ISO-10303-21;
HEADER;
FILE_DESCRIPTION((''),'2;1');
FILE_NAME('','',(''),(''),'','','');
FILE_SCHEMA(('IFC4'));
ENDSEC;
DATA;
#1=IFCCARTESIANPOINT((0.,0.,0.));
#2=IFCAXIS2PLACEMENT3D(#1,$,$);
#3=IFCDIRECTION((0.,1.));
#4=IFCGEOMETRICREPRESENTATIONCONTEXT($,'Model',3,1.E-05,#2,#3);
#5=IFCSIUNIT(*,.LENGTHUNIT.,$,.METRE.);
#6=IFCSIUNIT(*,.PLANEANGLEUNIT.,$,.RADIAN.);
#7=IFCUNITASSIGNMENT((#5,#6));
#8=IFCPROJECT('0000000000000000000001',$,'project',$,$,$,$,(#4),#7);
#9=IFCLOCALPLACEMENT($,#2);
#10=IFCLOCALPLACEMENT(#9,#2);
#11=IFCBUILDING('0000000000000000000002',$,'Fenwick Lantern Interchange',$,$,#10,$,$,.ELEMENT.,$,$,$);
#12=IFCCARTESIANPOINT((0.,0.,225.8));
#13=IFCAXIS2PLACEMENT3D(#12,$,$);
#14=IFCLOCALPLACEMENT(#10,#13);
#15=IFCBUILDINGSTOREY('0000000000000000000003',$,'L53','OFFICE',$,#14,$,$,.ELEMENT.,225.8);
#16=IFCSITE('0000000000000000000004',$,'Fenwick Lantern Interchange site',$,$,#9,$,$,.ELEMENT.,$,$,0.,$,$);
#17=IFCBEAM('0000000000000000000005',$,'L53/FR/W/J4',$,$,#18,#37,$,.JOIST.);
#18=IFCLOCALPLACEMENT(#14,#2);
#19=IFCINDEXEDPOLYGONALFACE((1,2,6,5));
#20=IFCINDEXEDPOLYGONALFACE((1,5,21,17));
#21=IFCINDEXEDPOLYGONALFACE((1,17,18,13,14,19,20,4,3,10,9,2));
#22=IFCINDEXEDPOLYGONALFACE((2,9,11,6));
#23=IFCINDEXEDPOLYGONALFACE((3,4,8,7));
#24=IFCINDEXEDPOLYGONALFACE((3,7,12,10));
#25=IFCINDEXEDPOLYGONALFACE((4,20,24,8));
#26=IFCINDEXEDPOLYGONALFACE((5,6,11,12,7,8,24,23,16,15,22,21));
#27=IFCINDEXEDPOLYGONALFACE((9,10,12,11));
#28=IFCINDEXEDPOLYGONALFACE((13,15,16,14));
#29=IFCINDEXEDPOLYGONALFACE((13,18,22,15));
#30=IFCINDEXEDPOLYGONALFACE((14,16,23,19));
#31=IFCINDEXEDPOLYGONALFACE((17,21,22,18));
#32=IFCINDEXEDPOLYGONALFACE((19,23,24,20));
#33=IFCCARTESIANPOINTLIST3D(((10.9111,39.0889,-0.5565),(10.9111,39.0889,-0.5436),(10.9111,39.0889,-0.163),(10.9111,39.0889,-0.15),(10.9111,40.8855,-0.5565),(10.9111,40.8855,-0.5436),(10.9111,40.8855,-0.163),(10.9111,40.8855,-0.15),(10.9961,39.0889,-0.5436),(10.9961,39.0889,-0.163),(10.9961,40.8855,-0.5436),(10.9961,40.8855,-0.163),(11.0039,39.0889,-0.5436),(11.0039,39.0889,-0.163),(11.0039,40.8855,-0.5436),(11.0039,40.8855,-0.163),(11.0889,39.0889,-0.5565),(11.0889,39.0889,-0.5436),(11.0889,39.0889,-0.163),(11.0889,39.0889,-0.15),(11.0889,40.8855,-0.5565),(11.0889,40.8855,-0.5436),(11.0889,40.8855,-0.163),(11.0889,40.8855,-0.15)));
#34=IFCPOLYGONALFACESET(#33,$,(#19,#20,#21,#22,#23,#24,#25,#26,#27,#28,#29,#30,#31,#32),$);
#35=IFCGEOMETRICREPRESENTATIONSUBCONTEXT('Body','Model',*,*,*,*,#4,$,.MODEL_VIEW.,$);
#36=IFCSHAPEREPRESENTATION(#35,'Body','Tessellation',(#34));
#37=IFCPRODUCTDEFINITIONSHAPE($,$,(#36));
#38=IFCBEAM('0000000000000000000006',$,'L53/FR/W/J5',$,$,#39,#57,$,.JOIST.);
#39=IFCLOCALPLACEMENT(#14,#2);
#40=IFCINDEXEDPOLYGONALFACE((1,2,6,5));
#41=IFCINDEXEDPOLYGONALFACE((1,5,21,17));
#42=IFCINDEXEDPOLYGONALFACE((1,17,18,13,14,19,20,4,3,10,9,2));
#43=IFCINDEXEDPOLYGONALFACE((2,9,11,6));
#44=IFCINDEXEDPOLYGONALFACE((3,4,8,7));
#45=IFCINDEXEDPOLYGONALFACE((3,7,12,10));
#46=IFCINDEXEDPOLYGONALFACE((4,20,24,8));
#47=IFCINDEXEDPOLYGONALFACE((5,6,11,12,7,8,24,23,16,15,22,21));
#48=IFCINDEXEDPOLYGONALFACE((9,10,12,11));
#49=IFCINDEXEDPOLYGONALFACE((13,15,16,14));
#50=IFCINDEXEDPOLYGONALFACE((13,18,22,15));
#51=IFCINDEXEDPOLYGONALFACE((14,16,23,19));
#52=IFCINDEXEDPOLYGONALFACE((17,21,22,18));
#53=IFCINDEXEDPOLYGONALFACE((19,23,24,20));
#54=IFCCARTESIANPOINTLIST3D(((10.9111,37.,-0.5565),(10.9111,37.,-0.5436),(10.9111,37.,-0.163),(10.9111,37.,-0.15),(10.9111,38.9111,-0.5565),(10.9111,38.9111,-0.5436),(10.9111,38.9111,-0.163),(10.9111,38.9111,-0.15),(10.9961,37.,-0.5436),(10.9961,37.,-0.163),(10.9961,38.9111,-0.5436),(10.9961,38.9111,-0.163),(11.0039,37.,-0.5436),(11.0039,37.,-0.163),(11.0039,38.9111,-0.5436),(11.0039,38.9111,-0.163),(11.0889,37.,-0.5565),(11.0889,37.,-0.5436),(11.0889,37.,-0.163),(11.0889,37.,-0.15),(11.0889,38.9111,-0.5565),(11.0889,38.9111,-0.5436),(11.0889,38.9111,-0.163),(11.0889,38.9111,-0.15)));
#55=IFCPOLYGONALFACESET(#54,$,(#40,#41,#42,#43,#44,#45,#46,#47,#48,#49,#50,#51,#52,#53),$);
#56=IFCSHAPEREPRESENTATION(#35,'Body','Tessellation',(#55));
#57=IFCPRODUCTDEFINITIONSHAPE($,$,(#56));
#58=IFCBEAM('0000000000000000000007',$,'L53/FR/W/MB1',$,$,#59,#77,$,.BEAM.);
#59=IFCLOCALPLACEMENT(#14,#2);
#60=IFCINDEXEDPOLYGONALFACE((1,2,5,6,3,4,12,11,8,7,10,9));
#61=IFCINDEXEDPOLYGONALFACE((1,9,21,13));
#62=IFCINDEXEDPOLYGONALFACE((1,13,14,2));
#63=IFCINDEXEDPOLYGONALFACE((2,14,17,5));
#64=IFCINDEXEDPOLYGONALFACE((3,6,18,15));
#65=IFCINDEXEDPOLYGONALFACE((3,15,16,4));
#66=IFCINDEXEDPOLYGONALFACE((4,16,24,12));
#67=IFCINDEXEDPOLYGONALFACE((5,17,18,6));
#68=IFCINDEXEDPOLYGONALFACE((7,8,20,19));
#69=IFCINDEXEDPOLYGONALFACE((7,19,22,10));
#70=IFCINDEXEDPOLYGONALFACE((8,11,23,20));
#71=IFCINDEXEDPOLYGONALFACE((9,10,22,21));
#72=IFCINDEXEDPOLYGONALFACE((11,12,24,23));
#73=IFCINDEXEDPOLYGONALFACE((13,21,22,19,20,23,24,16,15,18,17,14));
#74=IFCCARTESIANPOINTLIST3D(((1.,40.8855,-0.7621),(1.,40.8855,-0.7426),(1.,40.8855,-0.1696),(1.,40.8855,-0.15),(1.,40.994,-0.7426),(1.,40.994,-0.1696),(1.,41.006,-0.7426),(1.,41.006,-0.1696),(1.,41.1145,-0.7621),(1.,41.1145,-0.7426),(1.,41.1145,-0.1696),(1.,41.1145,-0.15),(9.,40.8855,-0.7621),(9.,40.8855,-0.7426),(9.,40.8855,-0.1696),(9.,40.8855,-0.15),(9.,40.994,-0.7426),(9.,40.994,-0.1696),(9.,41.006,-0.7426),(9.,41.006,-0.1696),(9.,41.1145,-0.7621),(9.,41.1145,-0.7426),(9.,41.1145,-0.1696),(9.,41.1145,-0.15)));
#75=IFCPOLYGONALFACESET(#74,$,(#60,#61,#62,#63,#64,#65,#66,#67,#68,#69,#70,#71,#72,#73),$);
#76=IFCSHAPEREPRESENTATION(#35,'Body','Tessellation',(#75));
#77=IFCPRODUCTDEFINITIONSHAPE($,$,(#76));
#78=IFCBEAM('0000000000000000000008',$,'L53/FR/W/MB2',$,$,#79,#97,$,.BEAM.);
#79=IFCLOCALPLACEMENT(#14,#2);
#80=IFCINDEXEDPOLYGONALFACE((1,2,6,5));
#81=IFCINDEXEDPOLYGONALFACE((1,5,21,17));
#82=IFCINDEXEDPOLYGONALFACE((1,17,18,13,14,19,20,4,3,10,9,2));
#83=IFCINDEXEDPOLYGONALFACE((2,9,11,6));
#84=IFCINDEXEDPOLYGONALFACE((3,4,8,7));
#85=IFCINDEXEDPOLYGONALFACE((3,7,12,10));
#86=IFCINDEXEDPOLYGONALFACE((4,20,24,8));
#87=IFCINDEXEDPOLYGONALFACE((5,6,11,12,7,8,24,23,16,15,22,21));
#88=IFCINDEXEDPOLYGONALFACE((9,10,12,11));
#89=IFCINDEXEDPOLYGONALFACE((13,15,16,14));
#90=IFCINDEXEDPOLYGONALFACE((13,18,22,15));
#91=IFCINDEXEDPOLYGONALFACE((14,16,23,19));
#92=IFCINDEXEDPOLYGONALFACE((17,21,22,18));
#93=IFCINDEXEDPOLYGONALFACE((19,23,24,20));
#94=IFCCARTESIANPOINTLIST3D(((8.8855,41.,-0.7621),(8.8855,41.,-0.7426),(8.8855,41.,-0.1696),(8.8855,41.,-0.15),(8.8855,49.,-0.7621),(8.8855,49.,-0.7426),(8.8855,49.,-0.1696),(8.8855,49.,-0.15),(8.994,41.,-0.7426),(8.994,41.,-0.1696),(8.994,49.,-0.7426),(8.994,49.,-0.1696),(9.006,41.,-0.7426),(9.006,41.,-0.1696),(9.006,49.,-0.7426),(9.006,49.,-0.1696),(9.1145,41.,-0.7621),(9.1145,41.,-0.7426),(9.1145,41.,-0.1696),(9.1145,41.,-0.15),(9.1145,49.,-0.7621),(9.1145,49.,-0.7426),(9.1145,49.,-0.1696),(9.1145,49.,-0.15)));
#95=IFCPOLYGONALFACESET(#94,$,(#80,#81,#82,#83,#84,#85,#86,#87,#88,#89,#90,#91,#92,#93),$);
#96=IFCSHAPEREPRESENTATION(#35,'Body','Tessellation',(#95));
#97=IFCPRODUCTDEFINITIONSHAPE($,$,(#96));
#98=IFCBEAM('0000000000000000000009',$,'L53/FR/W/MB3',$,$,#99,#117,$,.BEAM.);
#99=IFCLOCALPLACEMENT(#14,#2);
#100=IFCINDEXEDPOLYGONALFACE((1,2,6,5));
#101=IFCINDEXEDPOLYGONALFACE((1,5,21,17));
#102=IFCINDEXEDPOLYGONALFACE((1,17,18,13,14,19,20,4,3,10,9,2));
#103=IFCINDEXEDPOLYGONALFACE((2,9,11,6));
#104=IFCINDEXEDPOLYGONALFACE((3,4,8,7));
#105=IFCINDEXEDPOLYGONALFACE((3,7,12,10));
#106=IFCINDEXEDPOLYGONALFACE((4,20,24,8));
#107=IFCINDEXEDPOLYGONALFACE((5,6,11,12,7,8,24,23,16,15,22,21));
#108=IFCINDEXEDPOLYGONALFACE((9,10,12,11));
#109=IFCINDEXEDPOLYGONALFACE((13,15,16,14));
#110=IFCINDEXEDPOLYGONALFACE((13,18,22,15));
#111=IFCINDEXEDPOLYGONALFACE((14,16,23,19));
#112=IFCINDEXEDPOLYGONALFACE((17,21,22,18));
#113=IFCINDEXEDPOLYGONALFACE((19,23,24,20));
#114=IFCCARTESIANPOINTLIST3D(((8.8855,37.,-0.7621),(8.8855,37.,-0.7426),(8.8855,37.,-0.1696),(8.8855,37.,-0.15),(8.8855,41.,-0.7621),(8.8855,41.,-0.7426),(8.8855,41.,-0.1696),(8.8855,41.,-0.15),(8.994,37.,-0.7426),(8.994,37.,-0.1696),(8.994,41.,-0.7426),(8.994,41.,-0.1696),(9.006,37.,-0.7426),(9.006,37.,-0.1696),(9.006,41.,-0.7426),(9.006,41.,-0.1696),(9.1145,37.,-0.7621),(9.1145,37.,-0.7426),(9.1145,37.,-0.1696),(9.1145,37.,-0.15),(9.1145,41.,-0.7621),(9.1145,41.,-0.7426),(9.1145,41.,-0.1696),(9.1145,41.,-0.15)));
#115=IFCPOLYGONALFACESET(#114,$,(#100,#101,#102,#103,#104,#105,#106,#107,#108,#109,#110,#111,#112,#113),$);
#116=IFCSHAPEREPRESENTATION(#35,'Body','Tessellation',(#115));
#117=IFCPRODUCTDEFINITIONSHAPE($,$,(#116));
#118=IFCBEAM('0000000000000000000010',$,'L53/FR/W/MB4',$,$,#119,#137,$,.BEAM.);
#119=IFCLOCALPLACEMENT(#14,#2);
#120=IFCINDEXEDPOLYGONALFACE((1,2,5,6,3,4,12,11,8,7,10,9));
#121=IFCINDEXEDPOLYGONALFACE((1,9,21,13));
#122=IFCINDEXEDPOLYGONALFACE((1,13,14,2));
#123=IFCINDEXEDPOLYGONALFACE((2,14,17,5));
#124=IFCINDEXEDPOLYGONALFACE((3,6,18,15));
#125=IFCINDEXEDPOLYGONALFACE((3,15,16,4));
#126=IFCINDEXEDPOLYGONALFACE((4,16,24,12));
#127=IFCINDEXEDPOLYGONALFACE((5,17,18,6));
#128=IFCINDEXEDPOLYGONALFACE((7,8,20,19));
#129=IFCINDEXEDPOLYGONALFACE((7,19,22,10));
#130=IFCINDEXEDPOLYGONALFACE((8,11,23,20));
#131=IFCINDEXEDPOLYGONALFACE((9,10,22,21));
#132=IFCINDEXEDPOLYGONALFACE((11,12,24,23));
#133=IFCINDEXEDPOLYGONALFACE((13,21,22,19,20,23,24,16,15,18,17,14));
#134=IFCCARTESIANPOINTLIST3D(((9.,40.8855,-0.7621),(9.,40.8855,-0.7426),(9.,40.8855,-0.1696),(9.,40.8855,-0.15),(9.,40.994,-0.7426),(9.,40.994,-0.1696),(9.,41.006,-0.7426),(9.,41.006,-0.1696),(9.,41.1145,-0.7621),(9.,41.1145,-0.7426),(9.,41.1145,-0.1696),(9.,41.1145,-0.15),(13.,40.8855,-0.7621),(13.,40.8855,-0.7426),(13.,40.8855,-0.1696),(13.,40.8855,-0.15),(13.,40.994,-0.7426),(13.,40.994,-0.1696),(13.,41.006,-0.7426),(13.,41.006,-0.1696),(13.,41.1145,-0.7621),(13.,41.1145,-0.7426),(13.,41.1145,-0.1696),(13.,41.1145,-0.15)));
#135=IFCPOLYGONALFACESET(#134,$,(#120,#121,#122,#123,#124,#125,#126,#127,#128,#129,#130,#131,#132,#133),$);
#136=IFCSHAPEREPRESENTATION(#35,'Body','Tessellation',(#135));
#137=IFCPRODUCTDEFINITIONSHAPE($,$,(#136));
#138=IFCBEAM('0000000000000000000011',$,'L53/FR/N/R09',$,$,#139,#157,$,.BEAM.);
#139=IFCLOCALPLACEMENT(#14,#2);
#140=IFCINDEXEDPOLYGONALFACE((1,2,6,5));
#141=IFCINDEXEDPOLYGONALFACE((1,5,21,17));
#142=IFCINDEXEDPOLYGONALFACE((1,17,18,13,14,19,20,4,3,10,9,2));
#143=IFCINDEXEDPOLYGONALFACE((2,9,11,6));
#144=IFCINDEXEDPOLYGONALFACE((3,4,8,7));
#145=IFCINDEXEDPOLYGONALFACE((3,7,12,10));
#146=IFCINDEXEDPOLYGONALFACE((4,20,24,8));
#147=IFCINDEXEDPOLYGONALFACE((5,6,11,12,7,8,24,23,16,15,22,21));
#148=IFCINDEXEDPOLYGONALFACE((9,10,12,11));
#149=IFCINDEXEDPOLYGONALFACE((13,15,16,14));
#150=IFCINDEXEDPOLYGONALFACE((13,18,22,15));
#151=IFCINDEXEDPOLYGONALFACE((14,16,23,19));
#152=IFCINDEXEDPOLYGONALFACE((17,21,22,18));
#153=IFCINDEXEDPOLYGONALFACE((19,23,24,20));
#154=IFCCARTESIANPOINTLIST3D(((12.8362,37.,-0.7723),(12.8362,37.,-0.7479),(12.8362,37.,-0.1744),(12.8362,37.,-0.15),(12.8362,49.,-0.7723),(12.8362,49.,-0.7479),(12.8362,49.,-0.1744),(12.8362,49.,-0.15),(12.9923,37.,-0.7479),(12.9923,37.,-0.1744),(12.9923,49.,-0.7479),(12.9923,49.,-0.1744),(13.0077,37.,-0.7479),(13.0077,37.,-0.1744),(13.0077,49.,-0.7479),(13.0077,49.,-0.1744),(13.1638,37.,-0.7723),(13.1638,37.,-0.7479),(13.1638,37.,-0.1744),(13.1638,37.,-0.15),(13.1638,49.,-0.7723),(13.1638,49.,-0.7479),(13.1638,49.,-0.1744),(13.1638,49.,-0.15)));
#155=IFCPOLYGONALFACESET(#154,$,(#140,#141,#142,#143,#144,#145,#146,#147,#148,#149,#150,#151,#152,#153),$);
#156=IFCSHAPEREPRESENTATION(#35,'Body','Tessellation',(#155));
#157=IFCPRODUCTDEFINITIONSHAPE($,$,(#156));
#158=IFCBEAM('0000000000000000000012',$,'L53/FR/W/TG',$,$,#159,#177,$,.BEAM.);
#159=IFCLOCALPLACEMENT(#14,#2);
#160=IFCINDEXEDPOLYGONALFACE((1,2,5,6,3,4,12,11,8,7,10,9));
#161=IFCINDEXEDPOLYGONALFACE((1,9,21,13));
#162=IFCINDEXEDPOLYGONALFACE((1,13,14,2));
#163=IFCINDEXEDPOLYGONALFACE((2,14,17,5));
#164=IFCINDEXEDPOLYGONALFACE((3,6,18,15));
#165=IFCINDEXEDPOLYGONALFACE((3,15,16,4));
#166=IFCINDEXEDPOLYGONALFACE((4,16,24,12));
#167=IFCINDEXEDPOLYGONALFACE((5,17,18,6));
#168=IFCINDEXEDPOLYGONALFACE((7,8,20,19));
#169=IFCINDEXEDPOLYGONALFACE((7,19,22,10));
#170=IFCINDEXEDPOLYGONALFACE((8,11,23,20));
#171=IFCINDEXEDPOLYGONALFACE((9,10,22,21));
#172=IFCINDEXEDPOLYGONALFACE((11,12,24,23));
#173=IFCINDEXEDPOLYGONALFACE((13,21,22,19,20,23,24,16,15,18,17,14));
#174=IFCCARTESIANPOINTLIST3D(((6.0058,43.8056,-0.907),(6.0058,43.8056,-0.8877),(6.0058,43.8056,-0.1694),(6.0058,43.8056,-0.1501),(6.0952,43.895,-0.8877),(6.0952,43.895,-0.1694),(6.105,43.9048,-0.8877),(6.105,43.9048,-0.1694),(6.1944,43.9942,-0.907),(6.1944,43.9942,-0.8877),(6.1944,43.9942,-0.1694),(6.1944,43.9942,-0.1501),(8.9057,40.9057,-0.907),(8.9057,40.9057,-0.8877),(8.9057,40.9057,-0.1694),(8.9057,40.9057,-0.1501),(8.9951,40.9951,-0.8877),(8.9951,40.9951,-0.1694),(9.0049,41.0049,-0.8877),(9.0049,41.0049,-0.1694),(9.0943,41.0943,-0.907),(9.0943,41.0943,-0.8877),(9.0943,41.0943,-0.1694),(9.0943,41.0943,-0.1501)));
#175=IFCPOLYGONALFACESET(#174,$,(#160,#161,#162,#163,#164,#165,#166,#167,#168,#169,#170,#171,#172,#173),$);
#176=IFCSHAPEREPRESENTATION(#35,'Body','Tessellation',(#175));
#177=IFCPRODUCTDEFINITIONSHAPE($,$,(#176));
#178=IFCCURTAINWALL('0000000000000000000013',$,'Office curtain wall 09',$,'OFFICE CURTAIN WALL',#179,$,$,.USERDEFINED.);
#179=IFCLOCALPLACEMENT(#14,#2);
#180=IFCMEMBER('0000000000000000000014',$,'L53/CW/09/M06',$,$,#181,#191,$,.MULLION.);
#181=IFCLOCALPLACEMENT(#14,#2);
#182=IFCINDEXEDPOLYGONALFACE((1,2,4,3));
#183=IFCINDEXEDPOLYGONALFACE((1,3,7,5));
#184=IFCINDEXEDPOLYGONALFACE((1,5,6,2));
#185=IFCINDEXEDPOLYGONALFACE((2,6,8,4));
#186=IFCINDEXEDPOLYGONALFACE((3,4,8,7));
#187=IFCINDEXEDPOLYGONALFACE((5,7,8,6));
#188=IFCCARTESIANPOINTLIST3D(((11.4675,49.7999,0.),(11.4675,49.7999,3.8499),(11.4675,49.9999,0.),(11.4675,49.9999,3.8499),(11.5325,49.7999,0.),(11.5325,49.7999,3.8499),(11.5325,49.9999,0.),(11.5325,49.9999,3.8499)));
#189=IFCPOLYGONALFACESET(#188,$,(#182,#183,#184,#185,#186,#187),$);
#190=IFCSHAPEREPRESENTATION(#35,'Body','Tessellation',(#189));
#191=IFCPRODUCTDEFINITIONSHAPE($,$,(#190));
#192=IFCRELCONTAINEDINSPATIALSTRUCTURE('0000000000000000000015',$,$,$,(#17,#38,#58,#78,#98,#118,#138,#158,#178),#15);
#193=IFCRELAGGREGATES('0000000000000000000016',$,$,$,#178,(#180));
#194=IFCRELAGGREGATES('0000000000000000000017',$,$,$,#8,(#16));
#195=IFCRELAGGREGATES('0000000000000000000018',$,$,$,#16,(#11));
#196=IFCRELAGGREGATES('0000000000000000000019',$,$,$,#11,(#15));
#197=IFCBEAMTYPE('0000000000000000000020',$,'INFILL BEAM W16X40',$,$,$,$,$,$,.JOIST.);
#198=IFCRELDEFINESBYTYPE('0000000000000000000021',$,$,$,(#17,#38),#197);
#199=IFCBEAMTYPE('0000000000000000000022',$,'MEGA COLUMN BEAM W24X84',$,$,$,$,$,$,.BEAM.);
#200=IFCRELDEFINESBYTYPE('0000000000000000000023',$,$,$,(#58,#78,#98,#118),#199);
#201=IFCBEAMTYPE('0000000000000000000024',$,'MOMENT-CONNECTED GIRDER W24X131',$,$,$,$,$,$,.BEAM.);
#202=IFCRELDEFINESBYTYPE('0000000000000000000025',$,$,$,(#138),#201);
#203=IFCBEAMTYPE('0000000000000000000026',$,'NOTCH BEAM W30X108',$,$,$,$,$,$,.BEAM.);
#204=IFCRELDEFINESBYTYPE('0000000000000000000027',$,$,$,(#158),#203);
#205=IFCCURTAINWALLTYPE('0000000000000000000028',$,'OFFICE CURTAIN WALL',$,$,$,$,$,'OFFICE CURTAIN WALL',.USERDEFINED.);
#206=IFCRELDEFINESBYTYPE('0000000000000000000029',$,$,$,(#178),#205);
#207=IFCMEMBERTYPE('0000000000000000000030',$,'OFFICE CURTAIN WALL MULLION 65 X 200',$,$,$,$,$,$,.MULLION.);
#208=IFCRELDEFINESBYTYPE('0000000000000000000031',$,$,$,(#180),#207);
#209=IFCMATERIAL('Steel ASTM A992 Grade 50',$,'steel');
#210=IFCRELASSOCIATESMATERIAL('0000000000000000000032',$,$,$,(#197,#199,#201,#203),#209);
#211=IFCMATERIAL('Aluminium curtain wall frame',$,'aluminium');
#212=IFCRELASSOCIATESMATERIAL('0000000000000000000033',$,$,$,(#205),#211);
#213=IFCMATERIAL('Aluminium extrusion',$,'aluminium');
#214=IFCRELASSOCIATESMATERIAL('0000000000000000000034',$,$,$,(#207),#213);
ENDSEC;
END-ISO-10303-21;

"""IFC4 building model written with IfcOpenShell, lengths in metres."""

from ifc_helpers import new_model, si_unit, direction, frame, origin, origin_2d, place, context, subcontext, project, spatial, rectangle, i_section, extrude, material, material_profile, profile_set, type_object, element, aggregate, save


model = new_model("IFC4")

# Units and contexts
model_context = context("Model", 3, precision=1e-05, world=origin(), true_north=direction((0.0, 1.0)))
body_context = subcontext(model_context, "Body", "Model", "MODEL_VIEW")
ifc_project = project(units=[si_unit("LENGTHUNIT", "METRE"), si_unit("PLANEANGLEUNIT", "RADIAN")], contexts=[model_context])

# Site, building, storey
site_placement = place(None, origin())
site = spatial("IfcSite", under=ifc_project, at=site_placement, Name="Fenwick Lantern Interchange site", CompositionType="ELEMENT", RefElevation=0.0)
building_placement = place(site_placement, origin())
building = spatial("IfcBuilding", under=site, at=building_placement, Name="Fenwick Lantern Interchange", CompositionType="ELEMENT")
storey_placement = place(building_placement, frame((0.0, 0.0, 225.8)))
storey = spatial("IfcBuildingStorey", under=building, at=storey_placement, Name="L53", Description="OFFICE", CompositionType="ELEMENT", Elevation=225.8)

# Shared definitions
ifc_material_1 = material(Name="Steel ASTM A992 Grade 50", Category="steel")

# Beams
ifc_material_profile_1 = material_profile(ifc_material_1, i_section(OverallWidth=0.1777, OverallDepth=0.4065, WebThickness=0.0078, FlangeThickness=0.0129, at=origin_2d()), Name="W16X40")
ifc_profile_set_1 = profile_set([ifc_material_profile_1], Name="Steel ASTM A992 Grade 50")
beam_type_1 = type_object("IfcBeamType", Name="INFILL BEAM W16X40", PredefinedType="JOIST", material=ifc_profile_set_1)
beam_1_placement = place(storey_placement, frame((11.0, 40.8855, -0.3533), z_axis=(0.0, -1.0, 0.0), x_axis=(1.0, 0.0, 0.0)))
element("IfcBeam", 1, at=beam_1_placement, inside=storey, type_object=beam_type_1, Name="L53/FR/W/J4", PredefinedType="JOIST", context=body_context, shape_type="SweptSolid", body=[
    extrude(i_section(OverallWidth=0.1777, OverallDepth=0.4065, WebThickness=0.0078, FlangeThickness=0.0129, at=origin_2d()), origin(), (0.0, 0.0, 1.0), 1.7966),
])
beam_2_placement = place(storey_placement, frame((11.0, 38.9111, -0.3533), z_axis=(0.0, -1.0, 0.0), x_axis=(1.0, 0.0, 0.0)))
element("IfcBeam", 2, at=beam_2_placement, inside=storey, type_object=beam_type_1, Name="L53/FR/W/J5", PredefinedType="JOIST", context=body_context, shape_type="SweptSolid", body=[
    extrude(i_section(OverallWidth=0.1777, OverallDepth=0.4065, WebThickness=0.0078, FlangeThickness=0.0129, at=origin_2d()), origin(), (0.0, 0.0, 1.0), 1.9111),
])
ifc_material_profile_2 = material_profile(ifc_material_1, i_section(OverallWidth=0.229, OverallDepth=0.6121, WebThickness=0.012, FlangeThickness=0.0195, at=origin_2d()), Name="W24X84")
ifc_profile_set_2 = profile_set([ifc_material_profile_2], Name="Steel ASTM A992 Grade 50")
beam_type_2 = type_object("IfcBeamType", Name="MEGA COLUMN BEAM W24X84", PredefinedType="BEAM", material=ifc_profile_set_2)
for number, where, z_axis, x_axis, name in (
    (3, (9.0, 41.0, -0.4561), (-1.0, 0.0, 0.0), (0.0, -1.0, 0.0), "L53/FR/W/MB1"),
    (4, (9.0, 41.0, -0.4561), (0.0, 1.0, 0.0), (-1.0, 0.0, 0.0), "L53/FR/W/MB2"),
):
    element("IfcBeam", number, at=place(storey_placement, frame(where, z_axis=z_axis, x_axis=x_axis)), inside=storey, type_object=beam_type_2, Name=name, PredefinedType="BEAM", context=body_context, shape_type="SweptSolid", body=[
        extrude(i_section(OverallWidth=0.229, OverallDepth=0.6121, WebThickness=0.012, FlangeThickness=0.0195, at=origin_2d()), origin(), (0.0, 0.0, 1.0), 8.0),
    ])
for number, where, z_axis, x_axis, name in (
    (5, (9.0, 41.0, -0.4561), (0.0, -1.0, 0.0), (1.0, 0.0, 0.0), "L53/FR/W/MB3"),
    (6, (9.0, 41.0, -0.4561), (1.0, 0.0, 0.0), (0.0, 1.0, 0.0), "L53/FR/W/MB4"),
):
    element("IfcBeam", number, at=place(storey_placement, frame(where, z_axis=z_axis, x_axis=x_axis)), inside=storey, type_object=beam_type_2, Name=name, PredefinedType="BEAM", context=body_context, shape_type="SweptSolid", body=[
        extrude(i_section(OverallWidth=0.229, OverallDepth=0.6121, WebThickness=0.012, FlangeThickness=0.0195, at=origin_2d()), origin(), (0.0, 0.0, 1.0), 4.0),
    ])
ifc_material_profile_3 = material_profile(ifc_material_1, i_section(OverallWidth=0.3276, OverallDepth=0.6223, WebThickness=0.0154, FlangeThickness=0.0244, at=origin_2d()), Name="W24X131")
ifc_profile_set_3 = profile_set([ifc_material_profile_3], Name="Steel ASTM A992 Grade 50")
beam_type_3 = type_object("IfcBeamType", Name="MOMENT-CONNECTED GIRDER W24X131", PredefinedType="BEAM", material=ifc_profile_set_3)
beam_3_placement = place(storey_placement, frame((13.0, 49.0, -0.4612), z_axis=(0.0, -1.0, 0.0), x_axis=(1.0, 0.0, 0.0)))
element("IfcBeam", 7, at=beam_3_placement, inside=storey, type_object=beam_type_3, Name="L53/FR/N/R09", PredefinedType="BEAM", context=body_context, shape_type="SweptSolid", body=[
    extrude(i_section(OverallWidth=0.3276, OverallDepth=0.6223, WebThickness=0.0154, FlangeThickness=0.0244, at=origin_2d()), origin(), (0.0, 0.0, 1.0), 12.0),
])
ifc_material_profile_4 = material_profile(ifc_material_1, i_section(OverallWidth=0.2666, OverallDepth=0.7568, WebThickness=0.0139, FlangeThickness=0.0193, at=origin_2d()), Name="W30X108")
ifc_profile_set_4 = profile_set([ifc_material_profile_4], Name="Steel ASTM A992 Grade 50")
beam_type_4 = type_object("IfcBeamType", Name="NOTCH BEAM W30X108", PredefinedType="BEAM", material=ifc_profile_set_4)
beam_4_placement = place(storey_placement, frame((9.0, 41.0, -0.5286), z_axis=(-0.707107, 0.707107, 0.0), x_axis=(-0.707107, -0.707107, 0.0)))
element("IfcBeam", 8, at=beam_4_placement, inside=storey, type_object=beam_type_4, Name="L53/FR/W/TG", PredefinedType="BEAM", context=body_context, shape_type="SweptSolid", body=[
    extrude(i_section(OverallWidth=0.2666, OverallDepth=0.7568, WebThickness=0.0139, FlangeThickness=0.0193, at=origin_2d()), origin(), (0.0, 0.0, 1.0), 4.1011),
])

# Curtain wall, member
ifc_material_2 = material(Name="Aluminium curtain wall frame", Category="aluminium")
curtain_wall_type = type_object("IfcCurtainWallType", Name="OFFICE CURTAIN WALL", ElementType="OFFICE CURTAIN WALL", PredefinedType="USERDEFINED", material=ifc_material_2)
curtain_wall_1_placement = place(storey_placement, origin())
curtain_wall_1 = element("IfcCurtainWall", 9, at=curtain_wall_1_placement, inside=storey, type_object=curtain_wall_type, Name="Office curtain wall 09", ObjectType="OFFICE CURTAIN WALL", PredefinedType="USERDEFINED")
ifc_material_3 = material(Name="Aluminium extrusion", Category="aluminium")
ifc_material_profile_5 = material_profile(ifc_material_3, rectangle(XDim=0.2, YDim=0.0649, at=origin_2d()), Name="OFFICE CURTAIN WALL MULLION 65 X 200")
ifc_profile_set_5 = profile_set([ifc_material_profile_5], Name="Aluminium extrusion")
member_type_1 = type_object("IfcMemberType", Name="OFFICE CURTAIN WALL MULLION 65 X 200", PredefinedType="MULLION", material=ifc_profile_set_5)
member_1_placement = place(storey_placement, frame((11.5, 49.8999, 0.0), z_axis=(0.0, 0.0, 1.0), x_axis=(0.0, -1.0, 0.0)))
member_1 = element("IfcMember", 10, at=member_1_placement, type_object=member_type_1, Name="L53/CW/09/M06", PredefinedType="MULLION", context=body_context, shape_type="SweptSolid", body=[
    extrude(rectangle(XDim=0.2, YDim=0.0649, at=origin_2d()), origin(), (0.0, 0.0, 1.0), 3.8499),
])

aggregate(curtain_wall_1, [member_1])

save(model, "model.ifc")
